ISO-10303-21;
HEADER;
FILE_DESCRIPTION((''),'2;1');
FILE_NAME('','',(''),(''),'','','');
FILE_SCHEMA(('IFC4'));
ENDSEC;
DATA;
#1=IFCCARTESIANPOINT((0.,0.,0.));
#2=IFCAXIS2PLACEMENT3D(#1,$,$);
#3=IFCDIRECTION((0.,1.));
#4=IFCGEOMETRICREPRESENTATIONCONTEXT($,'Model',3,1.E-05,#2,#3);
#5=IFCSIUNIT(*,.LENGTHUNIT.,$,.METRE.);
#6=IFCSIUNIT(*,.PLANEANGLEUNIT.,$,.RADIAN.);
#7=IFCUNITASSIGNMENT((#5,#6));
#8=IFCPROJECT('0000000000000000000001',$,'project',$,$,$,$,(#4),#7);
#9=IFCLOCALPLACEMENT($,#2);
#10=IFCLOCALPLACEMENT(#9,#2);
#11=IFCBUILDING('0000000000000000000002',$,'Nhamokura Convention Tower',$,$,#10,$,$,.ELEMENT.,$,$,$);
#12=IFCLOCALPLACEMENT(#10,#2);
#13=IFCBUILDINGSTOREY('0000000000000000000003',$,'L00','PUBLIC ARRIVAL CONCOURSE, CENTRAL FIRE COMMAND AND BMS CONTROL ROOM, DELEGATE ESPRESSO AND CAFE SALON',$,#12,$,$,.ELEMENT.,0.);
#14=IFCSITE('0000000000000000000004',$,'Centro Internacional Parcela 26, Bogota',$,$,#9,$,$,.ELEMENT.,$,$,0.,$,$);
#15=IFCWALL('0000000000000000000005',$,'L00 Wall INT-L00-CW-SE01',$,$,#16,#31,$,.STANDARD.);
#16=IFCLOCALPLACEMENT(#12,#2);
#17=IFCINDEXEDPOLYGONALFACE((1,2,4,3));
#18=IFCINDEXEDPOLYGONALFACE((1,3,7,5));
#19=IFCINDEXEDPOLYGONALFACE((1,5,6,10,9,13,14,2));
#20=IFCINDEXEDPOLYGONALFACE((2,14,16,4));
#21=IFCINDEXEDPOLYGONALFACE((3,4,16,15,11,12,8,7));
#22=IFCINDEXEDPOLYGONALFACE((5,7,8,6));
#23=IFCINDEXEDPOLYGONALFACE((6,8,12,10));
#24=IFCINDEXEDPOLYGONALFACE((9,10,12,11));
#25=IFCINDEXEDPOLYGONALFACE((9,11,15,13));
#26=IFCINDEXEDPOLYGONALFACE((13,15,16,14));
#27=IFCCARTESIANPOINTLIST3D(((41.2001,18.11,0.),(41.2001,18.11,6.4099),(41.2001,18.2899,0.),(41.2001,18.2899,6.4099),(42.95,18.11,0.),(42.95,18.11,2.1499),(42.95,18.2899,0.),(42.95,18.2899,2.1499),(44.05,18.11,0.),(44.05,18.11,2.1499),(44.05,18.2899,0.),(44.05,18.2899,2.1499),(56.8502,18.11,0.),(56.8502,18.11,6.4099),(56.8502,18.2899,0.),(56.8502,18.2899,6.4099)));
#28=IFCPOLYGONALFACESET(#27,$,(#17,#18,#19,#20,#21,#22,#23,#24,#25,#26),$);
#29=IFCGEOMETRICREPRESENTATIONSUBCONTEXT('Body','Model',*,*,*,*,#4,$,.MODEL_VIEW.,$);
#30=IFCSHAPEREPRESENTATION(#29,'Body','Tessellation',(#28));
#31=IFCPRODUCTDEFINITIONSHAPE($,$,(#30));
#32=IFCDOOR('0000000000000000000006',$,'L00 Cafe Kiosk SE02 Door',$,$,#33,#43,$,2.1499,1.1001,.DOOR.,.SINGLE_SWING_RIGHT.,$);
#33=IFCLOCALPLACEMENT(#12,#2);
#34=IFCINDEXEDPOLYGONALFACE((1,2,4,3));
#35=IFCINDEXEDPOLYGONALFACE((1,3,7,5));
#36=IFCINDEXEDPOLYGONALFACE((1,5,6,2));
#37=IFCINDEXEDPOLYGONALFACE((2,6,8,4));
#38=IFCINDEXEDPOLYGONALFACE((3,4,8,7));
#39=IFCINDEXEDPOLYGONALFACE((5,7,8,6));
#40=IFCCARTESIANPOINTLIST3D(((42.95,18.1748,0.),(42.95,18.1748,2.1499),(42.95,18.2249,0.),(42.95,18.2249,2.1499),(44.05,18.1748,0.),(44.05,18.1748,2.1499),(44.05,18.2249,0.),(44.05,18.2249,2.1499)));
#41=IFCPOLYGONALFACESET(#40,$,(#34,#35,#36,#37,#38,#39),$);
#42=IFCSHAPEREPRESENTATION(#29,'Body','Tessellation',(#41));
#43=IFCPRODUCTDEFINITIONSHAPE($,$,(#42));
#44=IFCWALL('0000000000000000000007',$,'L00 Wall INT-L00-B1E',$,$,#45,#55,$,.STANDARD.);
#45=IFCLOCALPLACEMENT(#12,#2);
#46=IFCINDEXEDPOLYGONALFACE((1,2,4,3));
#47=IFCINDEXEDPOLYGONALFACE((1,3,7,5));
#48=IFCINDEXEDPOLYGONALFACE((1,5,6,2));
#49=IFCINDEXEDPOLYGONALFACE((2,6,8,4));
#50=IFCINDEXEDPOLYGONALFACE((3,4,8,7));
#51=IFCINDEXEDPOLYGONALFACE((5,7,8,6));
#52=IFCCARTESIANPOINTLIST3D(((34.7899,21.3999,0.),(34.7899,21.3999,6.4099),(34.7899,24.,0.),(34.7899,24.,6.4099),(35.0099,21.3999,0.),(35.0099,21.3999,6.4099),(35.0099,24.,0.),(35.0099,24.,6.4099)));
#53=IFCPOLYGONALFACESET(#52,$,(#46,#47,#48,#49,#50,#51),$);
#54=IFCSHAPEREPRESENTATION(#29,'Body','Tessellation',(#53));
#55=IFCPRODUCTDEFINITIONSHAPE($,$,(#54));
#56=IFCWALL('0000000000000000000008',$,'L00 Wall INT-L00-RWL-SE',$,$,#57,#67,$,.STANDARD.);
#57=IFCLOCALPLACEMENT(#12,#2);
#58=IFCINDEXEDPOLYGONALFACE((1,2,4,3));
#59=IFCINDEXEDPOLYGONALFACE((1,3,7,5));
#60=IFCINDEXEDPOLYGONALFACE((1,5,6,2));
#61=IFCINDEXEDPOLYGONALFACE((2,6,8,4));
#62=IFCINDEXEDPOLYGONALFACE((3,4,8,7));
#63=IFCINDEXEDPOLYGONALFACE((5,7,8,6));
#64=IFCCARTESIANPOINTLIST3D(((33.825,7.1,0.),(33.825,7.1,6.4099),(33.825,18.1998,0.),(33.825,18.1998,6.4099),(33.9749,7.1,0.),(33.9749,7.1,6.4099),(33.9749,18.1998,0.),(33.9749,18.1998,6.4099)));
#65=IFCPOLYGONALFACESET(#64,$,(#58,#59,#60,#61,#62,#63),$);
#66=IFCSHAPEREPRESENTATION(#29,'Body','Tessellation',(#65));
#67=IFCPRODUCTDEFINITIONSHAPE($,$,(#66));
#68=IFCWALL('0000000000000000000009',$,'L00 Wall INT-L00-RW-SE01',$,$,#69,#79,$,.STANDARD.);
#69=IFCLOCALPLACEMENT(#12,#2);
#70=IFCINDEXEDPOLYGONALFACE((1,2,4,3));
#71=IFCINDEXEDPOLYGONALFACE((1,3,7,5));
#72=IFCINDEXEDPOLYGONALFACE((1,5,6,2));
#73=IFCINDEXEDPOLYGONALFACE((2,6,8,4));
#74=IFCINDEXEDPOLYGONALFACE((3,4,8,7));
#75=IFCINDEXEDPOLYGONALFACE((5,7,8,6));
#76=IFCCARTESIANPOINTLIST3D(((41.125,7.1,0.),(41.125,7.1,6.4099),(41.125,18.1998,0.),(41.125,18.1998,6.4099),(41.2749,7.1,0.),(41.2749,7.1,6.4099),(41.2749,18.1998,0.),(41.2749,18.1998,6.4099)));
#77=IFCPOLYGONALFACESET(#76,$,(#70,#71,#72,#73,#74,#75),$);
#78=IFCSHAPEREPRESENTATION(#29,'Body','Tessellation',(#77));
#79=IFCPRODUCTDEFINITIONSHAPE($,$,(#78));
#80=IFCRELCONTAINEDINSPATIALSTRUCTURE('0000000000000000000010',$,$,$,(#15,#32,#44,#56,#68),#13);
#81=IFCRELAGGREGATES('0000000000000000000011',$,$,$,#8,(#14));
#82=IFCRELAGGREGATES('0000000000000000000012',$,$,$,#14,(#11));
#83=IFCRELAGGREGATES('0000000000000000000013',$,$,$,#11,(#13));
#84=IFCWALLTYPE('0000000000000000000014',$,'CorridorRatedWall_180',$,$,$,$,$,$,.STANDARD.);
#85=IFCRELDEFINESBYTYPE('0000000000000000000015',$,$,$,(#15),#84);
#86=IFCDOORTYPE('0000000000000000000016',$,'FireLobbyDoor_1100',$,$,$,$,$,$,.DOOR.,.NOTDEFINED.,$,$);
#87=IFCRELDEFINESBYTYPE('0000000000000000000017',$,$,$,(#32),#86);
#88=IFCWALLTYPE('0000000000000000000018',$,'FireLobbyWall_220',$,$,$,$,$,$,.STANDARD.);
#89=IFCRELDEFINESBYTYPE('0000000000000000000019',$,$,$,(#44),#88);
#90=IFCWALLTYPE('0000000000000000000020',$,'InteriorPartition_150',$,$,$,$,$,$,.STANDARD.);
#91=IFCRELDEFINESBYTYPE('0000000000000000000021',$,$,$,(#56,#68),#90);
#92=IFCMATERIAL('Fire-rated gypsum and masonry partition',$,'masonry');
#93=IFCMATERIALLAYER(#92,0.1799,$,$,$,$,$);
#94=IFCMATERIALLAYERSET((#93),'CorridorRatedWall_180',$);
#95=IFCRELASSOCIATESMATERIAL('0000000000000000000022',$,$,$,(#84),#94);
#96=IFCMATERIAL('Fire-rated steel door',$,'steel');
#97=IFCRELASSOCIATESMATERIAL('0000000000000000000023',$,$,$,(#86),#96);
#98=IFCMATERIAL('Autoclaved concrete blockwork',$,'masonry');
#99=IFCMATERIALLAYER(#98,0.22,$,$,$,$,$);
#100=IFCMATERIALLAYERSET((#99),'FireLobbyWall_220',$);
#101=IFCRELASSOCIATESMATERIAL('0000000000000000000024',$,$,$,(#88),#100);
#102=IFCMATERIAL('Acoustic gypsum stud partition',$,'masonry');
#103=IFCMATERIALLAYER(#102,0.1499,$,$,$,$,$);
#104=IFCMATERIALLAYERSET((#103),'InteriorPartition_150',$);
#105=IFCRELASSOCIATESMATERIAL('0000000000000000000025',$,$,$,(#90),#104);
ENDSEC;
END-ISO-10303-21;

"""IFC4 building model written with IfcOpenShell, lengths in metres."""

from ifc_helpers import new_model, si_unit, direction, frame, frame_2d, origin, place, context, subcontext, project, spatial, rectangle, extrude, material, layer, layer_set, type_object, element, fill, save


model = new_model("IFC4")

# Units and contexts
model_context = context("Model", 3, precision=1e-05, world=origin(), true_north=direction((0.0, 1.0)))
body_context = subcontext(model_context, "Body", "Model", "MODEL_VIEW")
ifc_project = project(units=[si_unit("LENGTHUNIT", "METRE"), si_unit("PLANEANGLEUNIT", "RADIAN")], contexts=[model_context])

# Site, building, storey
site_placement = place(None, origin())
site = spatial("IfcSite", under=ifc_project, at=site_placement, Name="Centro Internacional Parcela 26, Bogota", CompositionType="ELEMENT", RefElevation=0.0)
building_placement = place(site_placement, origin())
building = spatial("IfcBuilding", under=site, at=building_placement, Name="Nhamokura Convention Tower", CompositionType="ELEMENT")
storey_placement = place(building_placement, origin())
storey = spatial("IfcBuildingStorey", under=building, at=storey_placement, Name="L00", Description="PUBLIC ARRIVAL CONCOURSE, CENTRAL FIRE COMMAND AND BMS CONTROL ROOM, DELEGATE ESPRESSO AND CAFE SALON", CompositionType="ELEMENT", Elevation=0.0)

# Wall, opening, door
ifc_material_1 = material(Name="Fire-rated gypsum and masonry partition", Category="masonry")
ifc_layer_1 = layer(ifc_material_1, 0.1799)
ifc_layer_set_1 = layer_set([ifc_layer_1], Name="CorridorRatedWall_180")
wall_type_1 = type_object("IfcWallType", Name="CorridorRatedWall_180", PredefinedType="STANDARD", material=ifc_layer_set_1)
ifc_material_2 = material(Name="Fire-rated steel door", Category="steel")
door_type_1 = type_object("IfcDoorType", Name="FireLobbyDoor_1100", OperationType="NOTDEFINED", PredefinedType="DOOR", material=ifc_material_2)
wall_1_placement = place(storey_placement, frame((41.2, 18.2, 0.0), z_axis=(0.0, 0.0, 1.0), x_axis=(1.0, 0.0, 0.0)))
wall_1 = element("IfcWall", 1, at=wall_1_placement, inside=storey, type_object=wall_type_1, Name="L00 Wall INT-L00-CW-SE01", PredefinedType="STANDARD", context=body_context, shape_type="SweptSolid", body=[
    extrude(rectangle(XDim=15.6501, YDim=0.1799, at=frame_2d((7.8252, 0.0))), origin(), (0.0, 0.0, 1.0), 6.4099),
])
opening_1_placement = place(wall_1_placement, frame((1.75, 0.0, 0.0)))
opening_1 = element("IfcOpeningElement", 2, at=opening_1_placement, cuts=wall_1, PredefinedType="OPENING", context=body_context, shape_type="SweptSolid", body=[
    extrude(rectangle(XDim=1.1001, YDim=2.1499, at=frame_2d((0.55, 1.075))), frame((0.0, 0.0999, 0.0), z_axis=(0.0, -1.0, 0.0), x_axis=(1.0, 0.0, 0.0)), (0.0, 0.0, 1.0), 0.2),
])
door_1_placement = place(opening_1_placement, origin())
door_1 = element("IfcDoor", 3, at=door_1_placement, inside=storey, type_object=door_type_1, Name="L00 Cafe Kiosk SE02 Door", OperationType="SINGLE_SWING_RIGHT", OverallHeight=2.1499, OverallWidth=1.1001, PredefinedType="DOOR", context=body_context, shape_type="SweptSolid", body=[
    extrude(rectangle(XDim=1.1001, YDim=2.1499, at=frame_2d((0.55, 1.075))), frame((0.0, 0.0249, 0.0), z_axis=(0.0, -1.0, 0.0), x_axis=(1.0, 0.0, 0.0)), (0.0, 0.0, 1.0), 0.05),
])
fill(opening_1, door_1)
ifc_material_3 = material(Name="Autoclaved concrete blockwork", Category="masonry")
ifc_layer_2 = layer(ifc_material_3, 0.22)
ifc_layer_set_2 = layer_set([ifc_layer_2], Name="FireLobbyWall_220")
wall_type_2 = type_object("IfcWallType", Name="FireLobbyWall_220", PredefinedType="STANDARD", material=ifc_layer_set_2)

# Walls
wall_2_placement = place(storey_placement, frame((34.8999, 21.3999, 0.0), z_axis=(0.0, 0.0, 1.0), x_axis=(0.0, 1.0, 0.0)))
element("IfcWall", 4, at=wall_2_placement, inside=storey, type_object=wall_type_2, Name="L00 Wall INT-L00-B1E", PredefinedType="STANDARD", context=body_context, shape_type="SweptSolid", body=[
    extrude(rectangle(XDim=2.6001, YDim=0.22, at=frame_2d((1.3, 0.0))), origin(), (0.0, 0.0, 1.0), 6.4099),
])
ifc_material_4 = material(Name="Acoustic gypsum stud partition", Category="masonry")
ifc_layer_3 = layer(ifc_material_4, 0.1499)
ifc_layer_set_3 = layer_set([ifc_layer_3], Name="InteriorPartition_150")
wall_type_3 = type_object("IfcWallType", Name="InteriorPartition_150", PredefinedType="STANDARD", material=ifc_layer_set_3)
for number, where, z_axis, x_axis, name in (
    (5, (33.8999, 7.1001, 0.0), (0.0, 0.0, 1.0), (0.0, 1.0, 0.0), "L00 Wall INT-L00-RWL-SE"),
    (6, (41.2, 7.1001, 0.0), (0.0, 0.0, 1.0), (0.0, 1.0, 0.0), "L00 Wall INT-L00-RW-SE01"),
):
    element("IfcWall", number, at=place(storey_placement, frame(where, z_axis=z_axis, x_axis=x_axis)), inside=storey, type_object=wall_type_3, Name=name, PredefinedType="STANDARD", context=body_context, shape_type="SweptSolid", body=[
        extrude(rectangle(XDim=11.0999, YDim=0.1499, at=frame_2d((5.5498, 0.0))), origin(), (0.0, 0.0, 1.0), 6.4099),
    ])

save(model, "model.ifc")
